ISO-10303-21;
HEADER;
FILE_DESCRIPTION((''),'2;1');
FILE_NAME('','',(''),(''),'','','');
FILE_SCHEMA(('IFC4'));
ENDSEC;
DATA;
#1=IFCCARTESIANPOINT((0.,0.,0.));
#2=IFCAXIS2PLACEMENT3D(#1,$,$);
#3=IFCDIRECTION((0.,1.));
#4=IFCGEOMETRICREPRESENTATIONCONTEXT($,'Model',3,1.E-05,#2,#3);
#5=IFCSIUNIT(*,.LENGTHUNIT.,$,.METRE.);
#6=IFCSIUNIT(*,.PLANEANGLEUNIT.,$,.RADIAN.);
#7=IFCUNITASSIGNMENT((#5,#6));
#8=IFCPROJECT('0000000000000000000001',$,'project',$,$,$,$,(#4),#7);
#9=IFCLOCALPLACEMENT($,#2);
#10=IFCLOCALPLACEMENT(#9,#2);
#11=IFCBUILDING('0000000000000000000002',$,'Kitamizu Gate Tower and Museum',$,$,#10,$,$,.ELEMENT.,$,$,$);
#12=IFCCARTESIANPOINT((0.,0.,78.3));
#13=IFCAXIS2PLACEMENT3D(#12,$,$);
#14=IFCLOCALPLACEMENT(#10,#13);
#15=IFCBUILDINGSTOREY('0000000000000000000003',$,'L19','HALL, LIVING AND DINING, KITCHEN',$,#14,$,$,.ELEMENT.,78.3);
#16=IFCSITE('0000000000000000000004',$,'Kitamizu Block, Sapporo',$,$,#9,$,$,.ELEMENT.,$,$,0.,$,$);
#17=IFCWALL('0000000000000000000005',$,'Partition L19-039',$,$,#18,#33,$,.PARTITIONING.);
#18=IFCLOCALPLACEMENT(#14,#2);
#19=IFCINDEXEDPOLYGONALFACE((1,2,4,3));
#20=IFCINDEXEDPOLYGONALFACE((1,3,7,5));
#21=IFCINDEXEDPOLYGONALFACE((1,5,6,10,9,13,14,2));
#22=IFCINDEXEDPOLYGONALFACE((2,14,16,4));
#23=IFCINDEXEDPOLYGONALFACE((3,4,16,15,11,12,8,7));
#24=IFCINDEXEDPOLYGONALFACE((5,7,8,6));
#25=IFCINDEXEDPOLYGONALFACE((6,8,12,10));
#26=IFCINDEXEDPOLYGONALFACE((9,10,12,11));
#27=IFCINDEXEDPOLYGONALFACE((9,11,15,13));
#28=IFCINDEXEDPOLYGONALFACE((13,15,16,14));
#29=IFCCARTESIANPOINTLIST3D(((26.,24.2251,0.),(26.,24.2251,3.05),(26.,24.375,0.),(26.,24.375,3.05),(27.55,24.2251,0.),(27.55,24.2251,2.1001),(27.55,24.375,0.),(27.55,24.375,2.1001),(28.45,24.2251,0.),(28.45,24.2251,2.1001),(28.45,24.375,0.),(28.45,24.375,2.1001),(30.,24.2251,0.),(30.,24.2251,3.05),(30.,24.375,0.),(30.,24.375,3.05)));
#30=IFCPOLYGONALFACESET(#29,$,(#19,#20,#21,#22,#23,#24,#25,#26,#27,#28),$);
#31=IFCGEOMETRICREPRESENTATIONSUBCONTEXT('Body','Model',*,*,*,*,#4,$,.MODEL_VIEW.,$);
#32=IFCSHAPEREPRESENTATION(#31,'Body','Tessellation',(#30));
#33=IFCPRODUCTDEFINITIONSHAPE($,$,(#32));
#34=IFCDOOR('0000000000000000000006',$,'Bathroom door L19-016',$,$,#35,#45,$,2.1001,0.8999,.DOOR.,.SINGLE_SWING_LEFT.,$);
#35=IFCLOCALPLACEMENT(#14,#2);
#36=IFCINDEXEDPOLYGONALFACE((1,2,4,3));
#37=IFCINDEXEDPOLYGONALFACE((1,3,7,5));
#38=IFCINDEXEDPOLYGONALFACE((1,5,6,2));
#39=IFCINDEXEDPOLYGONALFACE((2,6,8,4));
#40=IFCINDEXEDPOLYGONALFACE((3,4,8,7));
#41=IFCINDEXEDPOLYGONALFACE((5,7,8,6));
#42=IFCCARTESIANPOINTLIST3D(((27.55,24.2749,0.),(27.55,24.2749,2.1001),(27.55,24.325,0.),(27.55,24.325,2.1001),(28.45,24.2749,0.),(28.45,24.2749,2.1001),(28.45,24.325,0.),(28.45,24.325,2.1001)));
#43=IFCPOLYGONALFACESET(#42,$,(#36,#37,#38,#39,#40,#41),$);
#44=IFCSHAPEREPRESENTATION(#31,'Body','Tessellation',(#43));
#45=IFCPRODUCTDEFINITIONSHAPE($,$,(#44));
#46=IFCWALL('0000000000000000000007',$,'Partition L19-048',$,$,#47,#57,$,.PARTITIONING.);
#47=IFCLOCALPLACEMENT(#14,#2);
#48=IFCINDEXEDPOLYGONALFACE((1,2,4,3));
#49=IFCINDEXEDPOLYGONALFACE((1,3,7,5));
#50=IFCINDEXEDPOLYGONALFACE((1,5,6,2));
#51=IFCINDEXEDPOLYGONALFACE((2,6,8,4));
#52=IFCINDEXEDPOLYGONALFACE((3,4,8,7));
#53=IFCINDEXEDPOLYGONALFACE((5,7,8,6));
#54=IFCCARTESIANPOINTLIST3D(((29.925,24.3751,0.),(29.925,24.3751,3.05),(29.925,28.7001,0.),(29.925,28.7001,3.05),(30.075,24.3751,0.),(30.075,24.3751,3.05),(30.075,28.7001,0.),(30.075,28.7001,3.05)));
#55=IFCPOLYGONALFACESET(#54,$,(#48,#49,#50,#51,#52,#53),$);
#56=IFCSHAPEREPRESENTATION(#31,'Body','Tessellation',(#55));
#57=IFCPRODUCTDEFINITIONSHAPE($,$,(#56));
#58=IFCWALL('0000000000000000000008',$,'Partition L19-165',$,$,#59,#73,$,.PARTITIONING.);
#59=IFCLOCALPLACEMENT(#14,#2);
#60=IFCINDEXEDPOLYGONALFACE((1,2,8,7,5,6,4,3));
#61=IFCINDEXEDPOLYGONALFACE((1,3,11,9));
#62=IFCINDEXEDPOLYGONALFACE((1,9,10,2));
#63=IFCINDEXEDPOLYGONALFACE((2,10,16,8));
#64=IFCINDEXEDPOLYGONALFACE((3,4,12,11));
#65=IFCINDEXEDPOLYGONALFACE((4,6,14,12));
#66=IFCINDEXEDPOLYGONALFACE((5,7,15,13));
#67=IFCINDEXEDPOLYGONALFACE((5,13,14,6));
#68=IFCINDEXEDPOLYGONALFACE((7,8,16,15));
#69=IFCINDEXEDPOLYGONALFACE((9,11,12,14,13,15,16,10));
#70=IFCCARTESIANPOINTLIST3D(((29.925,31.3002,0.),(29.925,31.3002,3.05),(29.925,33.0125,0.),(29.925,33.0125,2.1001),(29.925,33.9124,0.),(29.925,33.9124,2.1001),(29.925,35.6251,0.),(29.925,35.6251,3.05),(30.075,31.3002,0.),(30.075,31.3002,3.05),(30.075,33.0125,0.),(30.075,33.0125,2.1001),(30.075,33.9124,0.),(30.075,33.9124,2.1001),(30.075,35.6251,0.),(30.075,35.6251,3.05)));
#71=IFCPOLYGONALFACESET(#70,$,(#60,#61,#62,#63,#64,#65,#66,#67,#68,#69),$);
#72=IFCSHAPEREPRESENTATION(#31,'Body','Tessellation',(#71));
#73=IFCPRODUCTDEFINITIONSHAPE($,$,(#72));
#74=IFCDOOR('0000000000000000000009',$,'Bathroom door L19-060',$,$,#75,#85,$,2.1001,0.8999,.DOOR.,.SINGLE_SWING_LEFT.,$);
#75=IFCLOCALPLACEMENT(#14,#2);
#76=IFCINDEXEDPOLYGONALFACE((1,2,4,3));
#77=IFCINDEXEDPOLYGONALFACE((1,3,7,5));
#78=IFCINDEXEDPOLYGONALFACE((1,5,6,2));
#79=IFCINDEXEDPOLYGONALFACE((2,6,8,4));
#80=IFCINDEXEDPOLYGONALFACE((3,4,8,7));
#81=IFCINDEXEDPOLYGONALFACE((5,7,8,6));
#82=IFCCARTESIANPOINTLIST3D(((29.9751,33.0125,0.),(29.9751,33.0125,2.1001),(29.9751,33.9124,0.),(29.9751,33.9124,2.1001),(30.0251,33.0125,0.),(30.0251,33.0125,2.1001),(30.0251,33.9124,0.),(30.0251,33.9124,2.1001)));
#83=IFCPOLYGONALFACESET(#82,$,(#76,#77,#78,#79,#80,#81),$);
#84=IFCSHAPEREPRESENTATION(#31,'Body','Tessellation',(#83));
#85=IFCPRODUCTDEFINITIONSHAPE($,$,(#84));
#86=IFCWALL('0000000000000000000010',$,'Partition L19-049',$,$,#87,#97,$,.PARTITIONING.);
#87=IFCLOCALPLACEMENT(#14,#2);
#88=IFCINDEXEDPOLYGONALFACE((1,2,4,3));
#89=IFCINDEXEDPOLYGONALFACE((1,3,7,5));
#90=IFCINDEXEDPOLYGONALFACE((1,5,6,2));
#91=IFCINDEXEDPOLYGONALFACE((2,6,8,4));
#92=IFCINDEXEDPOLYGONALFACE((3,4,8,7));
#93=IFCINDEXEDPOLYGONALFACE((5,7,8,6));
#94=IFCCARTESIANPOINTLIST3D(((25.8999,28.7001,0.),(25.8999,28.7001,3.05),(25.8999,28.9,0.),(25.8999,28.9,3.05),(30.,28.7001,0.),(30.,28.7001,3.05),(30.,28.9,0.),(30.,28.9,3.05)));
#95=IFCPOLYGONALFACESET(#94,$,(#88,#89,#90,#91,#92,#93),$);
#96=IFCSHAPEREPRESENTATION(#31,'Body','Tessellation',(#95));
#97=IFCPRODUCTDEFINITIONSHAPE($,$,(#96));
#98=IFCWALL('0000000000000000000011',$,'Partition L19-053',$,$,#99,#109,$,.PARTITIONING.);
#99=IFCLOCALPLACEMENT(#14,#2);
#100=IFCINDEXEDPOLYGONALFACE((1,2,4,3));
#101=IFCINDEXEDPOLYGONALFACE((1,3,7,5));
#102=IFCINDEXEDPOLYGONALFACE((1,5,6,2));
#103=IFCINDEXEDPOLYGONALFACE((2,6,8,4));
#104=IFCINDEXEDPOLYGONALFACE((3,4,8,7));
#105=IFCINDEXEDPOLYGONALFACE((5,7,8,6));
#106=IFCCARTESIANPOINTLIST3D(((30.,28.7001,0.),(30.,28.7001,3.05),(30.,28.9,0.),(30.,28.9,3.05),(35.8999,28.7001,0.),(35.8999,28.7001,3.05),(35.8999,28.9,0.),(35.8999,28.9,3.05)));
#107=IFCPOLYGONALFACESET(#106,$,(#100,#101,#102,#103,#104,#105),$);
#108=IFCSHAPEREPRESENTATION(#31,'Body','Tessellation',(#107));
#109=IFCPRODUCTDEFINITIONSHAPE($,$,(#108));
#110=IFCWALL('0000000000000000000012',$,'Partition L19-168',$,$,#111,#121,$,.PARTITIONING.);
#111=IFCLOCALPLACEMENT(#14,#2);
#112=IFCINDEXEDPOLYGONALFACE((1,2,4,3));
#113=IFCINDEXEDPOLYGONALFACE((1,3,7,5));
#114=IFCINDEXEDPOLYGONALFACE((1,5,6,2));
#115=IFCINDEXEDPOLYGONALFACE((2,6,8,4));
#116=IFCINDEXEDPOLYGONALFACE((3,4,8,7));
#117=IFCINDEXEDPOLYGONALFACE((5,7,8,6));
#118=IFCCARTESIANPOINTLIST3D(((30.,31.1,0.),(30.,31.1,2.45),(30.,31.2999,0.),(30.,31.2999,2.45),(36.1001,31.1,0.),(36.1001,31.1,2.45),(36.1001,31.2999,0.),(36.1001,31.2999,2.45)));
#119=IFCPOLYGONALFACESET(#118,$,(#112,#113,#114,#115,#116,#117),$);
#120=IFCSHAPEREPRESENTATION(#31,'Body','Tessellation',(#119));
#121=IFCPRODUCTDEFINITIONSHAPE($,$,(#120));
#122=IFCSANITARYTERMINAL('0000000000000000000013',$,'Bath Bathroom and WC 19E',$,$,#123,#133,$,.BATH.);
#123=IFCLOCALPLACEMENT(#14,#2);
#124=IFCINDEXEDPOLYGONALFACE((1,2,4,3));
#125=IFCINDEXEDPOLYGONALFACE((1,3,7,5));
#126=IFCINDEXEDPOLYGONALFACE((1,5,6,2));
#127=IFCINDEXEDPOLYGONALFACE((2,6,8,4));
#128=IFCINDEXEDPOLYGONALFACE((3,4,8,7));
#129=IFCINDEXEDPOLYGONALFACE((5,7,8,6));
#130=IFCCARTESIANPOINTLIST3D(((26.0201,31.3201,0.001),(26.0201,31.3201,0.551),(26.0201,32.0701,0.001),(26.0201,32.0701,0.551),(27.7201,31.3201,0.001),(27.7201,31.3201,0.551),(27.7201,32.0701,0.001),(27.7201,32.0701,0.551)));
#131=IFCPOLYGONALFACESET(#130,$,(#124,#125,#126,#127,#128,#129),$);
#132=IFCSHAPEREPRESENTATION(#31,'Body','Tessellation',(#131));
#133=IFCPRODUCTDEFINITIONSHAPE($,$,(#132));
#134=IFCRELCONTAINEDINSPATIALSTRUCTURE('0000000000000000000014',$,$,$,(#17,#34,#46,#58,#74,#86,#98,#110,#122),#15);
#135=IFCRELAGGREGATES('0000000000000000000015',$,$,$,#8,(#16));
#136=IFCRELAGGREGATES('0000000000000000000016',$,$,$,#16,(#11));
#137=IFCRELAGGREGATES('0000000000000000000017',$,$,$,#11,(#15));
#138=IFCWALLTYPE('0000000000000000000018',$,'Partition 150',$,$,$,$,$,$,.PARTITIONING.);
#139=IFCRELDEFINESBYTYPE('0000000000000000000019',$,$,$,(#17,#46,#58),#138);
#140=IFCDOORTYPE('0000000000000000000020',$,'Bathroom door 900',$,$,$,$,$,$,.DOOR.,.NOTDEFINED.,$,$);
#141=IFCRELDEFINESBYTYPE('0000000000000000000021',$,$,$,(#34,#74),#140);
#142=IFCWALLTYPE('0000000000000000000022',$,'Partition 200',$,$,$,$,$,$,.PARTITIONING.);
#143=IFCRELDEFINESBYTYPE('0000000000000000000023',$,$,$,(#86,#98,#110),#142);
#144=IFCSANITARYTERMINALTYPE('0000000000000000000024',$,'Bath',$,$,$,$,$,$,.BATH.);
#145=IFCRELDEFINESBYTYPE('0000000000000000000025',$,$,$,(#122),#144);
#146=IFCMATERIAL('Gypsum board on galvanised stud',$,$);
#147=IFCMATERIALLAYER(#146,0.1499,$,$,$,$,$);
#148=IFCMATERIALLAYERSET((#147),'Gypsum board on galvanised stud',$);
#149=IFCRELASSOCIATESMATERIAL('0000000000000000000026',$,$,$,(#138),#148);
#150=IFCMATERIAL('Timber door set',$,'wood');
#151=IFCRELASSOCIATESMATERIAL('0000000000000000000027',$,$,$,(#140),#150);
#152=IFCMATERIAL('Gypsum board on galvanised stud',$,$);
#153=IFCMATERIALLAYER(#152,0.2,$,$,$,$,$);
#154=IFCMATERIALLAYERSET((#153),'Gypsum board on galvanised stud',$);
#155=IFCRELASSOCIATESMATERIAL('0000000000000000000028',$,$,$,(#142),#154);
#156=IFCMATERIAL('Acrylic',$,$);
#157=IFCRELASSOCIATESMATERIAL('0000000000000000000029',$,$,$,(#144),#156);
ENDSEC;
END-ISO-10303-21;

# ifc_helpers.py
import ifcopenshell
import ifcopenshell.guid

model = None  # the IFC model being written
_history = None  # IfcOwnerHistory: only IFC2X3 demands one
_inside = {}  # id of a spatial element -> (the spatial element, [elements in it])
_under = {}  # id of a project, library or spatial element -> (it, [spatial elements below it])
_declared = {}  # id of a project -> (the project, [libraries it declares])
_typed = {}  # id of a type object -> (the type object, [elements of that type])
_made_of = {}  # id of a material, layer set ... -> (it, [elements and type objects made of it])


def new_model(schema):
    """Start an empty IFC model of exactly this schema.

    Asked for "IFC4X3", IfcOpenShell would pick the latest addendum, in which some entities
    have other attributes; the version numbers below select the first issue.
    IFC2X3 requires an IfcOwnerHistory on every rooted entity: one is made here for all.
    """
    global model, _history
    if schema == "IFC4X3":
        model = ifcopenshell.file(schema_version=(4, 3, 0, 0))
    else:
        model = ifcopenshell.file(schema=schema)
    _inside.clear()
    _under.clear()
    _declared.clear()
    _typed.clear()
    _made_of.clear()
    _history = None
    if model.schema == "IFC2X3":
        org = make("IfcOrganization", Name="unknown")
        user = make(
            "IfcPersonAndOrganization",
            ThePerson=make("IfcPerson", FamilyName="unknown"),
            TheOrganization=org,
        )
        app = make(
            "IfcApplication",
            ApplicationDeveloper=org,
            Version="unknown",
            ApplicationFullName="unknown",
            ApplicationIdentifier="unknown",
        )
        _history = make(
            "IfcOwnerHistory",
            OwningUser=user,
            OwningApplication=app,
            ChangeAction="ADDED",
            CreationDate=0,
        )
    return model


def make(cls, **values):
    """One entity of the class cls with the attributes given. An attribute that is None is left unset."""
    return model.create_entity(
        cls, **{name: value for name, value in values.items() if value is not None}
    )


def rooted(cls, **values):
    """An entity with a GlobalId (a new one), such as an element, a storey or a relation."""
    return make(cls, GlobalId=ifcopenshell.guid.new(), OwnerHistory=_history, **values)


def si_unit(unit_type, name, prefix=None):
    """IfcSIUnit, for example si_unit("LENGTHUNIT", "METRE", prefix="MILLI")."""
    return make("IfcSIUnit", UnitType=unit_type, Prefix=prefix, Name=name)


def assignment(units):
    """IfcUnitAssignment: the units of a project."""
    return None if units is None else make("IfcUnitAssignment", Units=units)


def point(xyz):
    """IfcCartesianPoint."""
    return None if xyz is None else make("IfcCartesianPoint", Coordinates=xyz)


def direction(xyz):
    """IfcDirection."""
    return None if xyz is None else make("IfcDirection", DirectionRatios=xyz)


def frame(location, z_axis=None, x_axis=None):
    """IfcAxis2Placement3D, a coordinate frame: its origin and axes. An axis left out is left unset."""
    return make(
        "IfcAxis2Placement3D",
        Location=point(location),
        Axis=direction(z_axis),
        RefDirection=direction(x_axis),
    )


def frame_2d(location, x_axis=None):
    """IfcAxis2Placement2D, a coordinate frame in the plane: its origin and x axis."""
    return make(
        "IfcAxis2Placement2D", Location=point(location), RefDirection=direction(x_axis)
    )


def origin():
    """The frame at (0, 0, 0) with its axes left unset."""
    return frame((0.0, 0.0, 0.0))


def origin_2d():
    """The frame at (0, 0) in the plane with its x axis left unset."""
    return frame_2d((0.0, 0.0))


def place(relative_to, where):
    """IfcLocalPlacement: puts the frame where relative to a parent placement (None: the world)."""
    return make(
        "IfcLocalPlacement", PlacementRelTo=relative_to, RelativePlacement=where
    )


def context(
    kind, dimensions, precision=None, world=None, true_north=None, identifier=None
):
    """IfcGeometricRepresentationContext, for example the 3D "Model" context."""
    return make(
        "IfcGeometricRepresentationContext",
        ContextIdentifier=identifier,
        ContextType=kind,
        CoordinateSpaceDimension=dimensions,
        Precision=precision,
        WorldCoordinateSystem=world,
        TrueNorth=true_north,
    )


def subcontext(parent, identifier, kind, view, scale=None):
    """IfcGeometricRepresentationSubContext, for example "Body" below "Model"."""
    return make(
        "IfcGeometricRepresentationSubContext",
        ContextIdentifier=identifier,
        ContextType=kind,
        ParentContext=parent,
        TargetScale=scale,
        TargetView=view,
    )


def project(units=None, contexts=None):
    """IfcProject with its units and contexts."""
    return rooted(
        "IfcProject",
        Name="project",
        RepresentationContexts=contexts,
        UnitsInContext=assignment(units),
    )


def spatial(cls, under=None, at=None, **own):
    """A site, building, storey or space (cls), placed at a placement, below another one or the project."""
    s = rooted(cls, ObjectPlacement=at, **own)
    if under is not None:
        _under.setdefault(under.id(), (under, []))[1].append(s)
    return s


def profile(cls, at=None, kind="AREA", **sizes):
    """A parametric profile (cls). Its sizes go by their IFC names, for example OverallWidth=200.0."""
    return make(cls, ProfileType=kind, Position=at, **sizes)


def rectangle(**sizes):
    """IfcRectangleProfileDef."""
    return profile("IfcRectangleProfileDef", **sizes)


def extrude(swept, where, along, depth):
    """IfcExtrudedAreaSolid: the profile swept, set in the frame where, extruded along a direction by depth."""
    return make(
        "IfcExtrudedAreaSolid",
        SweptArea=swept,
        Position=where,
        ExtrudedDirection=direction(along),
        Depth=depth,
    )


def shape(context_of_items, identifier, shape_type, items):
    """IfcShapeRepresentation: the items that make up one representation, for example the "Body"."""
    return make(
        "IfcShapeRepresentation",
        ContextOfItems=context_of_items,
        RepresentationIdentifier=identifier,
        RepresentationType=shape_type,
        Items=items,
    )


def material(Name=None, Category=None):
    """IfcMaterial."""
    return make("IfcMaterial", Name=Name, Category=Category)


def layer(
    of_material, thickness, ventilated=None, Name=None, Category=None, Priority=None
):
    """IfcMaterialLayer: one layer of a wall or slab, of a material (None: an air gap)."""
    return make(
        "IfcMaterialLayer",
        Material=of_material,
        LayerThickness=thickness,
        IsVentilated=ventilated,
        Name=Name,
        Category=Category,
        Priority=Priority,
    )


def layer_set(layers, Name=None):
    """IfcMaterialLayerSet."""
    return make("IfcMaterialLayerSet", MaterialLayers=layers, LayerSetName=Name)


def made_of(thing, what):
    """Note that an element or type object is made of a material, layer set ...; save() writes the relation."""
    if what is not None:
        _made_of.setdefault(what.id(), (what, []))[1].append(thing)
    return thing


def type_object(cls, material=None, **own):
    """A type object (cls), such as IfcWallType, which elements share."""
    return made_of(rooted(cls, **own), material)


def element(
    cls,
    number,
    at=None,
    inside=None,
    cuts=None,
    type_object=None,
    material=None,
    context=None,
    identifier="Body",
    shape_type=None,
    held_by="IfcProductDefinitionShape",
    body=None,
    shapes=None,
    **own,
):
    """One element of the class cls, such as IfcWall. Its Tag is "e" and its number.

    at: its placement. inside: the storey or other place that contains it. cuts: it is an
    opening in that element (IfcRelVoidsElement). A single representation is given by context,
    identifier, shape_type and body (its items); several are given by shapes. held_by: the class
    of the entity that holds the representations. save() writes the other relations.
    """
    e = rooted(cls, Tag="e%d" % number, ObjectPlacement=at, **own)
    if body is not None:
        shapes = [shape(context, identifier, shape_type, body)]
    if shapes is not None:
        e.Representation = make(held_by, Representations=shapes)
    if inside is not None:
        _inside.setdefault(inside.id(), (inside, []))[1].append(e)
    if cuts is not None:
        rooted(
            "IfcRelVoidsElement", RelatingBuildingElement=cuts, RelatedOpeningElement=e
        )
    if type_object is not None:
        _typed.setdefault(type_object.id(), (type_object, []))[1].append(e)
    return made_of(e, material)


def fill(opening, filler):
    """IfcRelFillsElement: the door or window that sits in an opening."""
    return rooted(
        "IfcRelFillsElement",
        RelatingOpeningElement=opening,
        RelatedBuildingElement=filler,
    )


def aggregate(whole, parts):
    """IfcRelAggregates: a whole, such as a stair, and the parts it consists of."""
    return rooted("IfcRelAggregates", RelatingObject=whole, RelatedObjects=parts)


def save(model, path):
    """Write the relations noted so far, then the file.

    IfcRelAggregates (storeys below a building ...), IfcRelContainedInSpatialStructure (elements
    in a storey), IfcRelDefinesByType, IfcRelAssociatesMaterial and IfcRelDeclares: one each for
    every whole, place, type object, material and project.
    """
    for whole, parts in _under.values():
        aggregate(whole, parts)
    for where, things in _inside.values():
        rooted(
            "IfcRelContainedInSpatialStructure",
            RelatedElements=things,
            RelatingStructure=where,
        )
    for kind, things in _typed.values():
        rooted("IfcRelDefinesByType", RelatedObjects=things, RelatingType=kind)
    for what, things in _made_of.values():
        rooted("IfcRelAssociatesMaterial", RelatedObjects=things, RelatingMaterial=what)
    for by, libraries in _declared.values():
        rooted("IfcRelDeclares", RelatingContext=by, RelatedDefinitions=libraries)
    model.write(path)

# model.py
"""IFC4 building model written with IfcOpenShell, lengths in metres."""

from ifc_helpers import new_model, si_unit, direction, frame, frame_2d, origin, origin_2d, place, context, subcontext, project, spatial, rectangle, extrude, material, layer, layer_set, type_object, element, fill, save


model = new_model("IFC4")

# Units and contexts
model_context = context("Model", 3, precision=1e-05, world=origin(), true_north=direction((0.0, 1.0)))
body_context = subcontext(model_context, "Body", "Model", "MODEL_VIEW")
ifc_project = project(units=[si_unit("LENGTHUNIT", "METRE"), si_unit("PLANEANGLEUNIT", "RADIAN")], contexts=[model_context])

# Site, building, storey
site_placement = place(None, origin())
site = spatial("IfcSite", under=ifc_project, at=site_placement, Name="Kitamizu Block, Sapporo", CompositionType="ELEMENT", RefElevation=0.0)
building_placement = place(site_placement, origin())
building = spatial("IfcBuilding", under=site, at=building_placement, Name="Kitamizu Gate Tower and Museum", CompositionType="ELEMENT")
storey_placement = place(building_placement, frame((0.0, 0.0, 78.3)))
storey = spatial("IfcBuildingStorey", under=building, at=storey_placement, Name="L19", Description="HALL, LIVING AND DINING, KITCHEN", CompositionType="ELEMENT", Elevation=78.3)

# Wall, opening, door
ifc_material_1 = material(Name="Gypsum board on galvanised stud")
ifc_layer_1 = layer(ifc_material_1, 0.1499)
ifc_layer_set_1 = layer_set([ifc_layer_1], Name="Gypsum board on galvanised stud")
wall_type_1 = type_object("IfcWallType", Name="Partition 150", PredefinedType="PARTITIONING", material=ifc_layer_set_1)
wall_1_placement = place(storey_placement, frame((30.0, 24.3, 0.0), z_axis=(0.0, 0.0, 1.0), x_axis=(-1.0, 0.0, 0.0)))
wall_1 = element("IfcWall", 1, at=wall_1_placement, inside=storey, type_object=wall_type_1, Name="Partition L19-039", PredefinedType="PARTITIONING", context=body_context, shape_type="SweptSolid", body=[
    extrude(rectangle(XDim=4.0, YDim=0.1499, at=frame_2d((2.0, 0.0))), origin(), (0.0, 0.0, 1.0), 3.05),
])
opening_1_placement = place(wall_1_placement, frame((1.55, 0.0, 0.0)))
opening_1 = element("IfcOpeningElement", 2, at=opening_1_placement, cuts=wall_1, PredefinedType="OPENING", context=body_context, shape_type="SweptSolid", body=[
    extrude(rectangle(XDim=0.8999, YDim=2.1001, at=frame_2d((0.45, 1.05))), frame((0.0, 0.085, 0.0), z_axis=(0.0, -1.0, 0.0), x_axis=(1.0, 0.0, 0.0)), (0.0, 0.0, 1.0), 0.1699),
])
ifc_material_2 = material(Name="Timber door set", Category="wood")
door_type_1 = type_object("IfcDoorType", Name="Bathroom door 900", OperationType="NOTDEFINED", PredefinedType="DOOR", material=ifc_material_2)
door_1_placement = place(opening_1_placement, frame((0.8999, 0.0, 0.0), x_axis=(-1.0, 0.0, 0.0)))
door_1 = element("IfcDoor", 3, at=door_1_placement, inside=storey, type_object=door_type_1, Name="Bathroom door L19-016", OperationType="SINGLE_SWING_LEFT", OverallHeight=2.1001, OverallWidth=0.8999, PredefinedType="DOOR", context=body_context, shape_type="SweptSolid", body=[
    extrude(rectangle(XDim=0.8999, YDim=2.1001, at=frame_2d((0.45, 1.05))), frame((0.0, 0.0249, 0.0), z_axis=(0.0, -1.0, 0.0), x_axis=(1.0, 0.0, 0.0)), (0.0, 0.0, 1.0), 0.05),
])
fill(opening_1, door_1)

# Wall
wall_2_placement = place(storey_placement, frame((30.0, 24.375, 0.0), z_axis=(0.0, 0.0, 1.0), x_axis=(0.0, 1.0, 0.0)))
element("IfcWall", 4, at=wall_2_placement, inside=storey, type_object=wall_type_1, Name="Partition L19-048", PredefinedType="PARTITIONING", context=body_context, shape_type="SweptSolid", body=[
    extrude(rectangle(XDim=4.325, YDim=0.1499, at=frame_2d((2.1626, 0.0))), origin(), (0.0, 0.0, 1.0), 3.05),
])

# Wall, opening, door
wall_3_placement = place(storey_placement, frame((30.0, 31.3, 0.0), z_axis=(0.0, 0.0, 1.0), x_axis=(0.0, 1.0, 0.0)))
wall_3 = element("IfcWall", 5, at=wall_3_placement, inside=storey, type_object=wall_type_1, Name="Partition L19-165", PredefinedType="PARTITIONING", context=body_context, shape_type="SweptSolid", body=[
    extrude(rectangle(XDim=4.325, YDim=0.1499, at=frame_2d((2.1626, 0.0))), origin(), (0.0, 0.0, 1.0), 3.05),
])
opening_2_placement = place(wall_3_placement, frame((1.7124, 0.0, 0.0)))
opening_2 = element("IfcOpeningElement", 6, at=opening_2_placement, cuts=wall_3, PredefinedType="OPENING", context=body_context, shape_type="SweptSolid", body=[
    extrude(rectangle(XDim=0.8999, YDim=2.1001, at=frame_2d((0.45, 1.05))), frame((0.0, 0.085, 0.0), z_axis=(0.0, -1.0, 0.0), x_axis=(1.0, 0.0, 0.0)), (0.0, 0.0, 1.0), 0.1699),
])
door_2_placement = place(opening_2_placement, origin())
door_2 = element("IfcDoor", 7, at=door_2_placement, inside=storey, type_object=door_type_1, Name="Bathroom door L19-060", OperationType="SINGLE_SWING_LEFT", OverallHeight=2.1001, OverallWidth=0.8999, PredefinedType="DOOR", context=body_context, shape_type="SweptSolid", body=[
    extrude(rectangle(XDim=0.8999, YDim=2.1001, at=frame_2d((0.45, 1.05))), frame((0.0, 0.0249, 0.0), z_axis=(0.0, -1.0, 0.0), x_axis=(1.0, 0.0, 0.0)), (0.0, 0.0, 1.0), 0.05),
])
fill(opening_2, door_2)

# Walls
ifc_material_3 = material(Name="Gypsum board on galvanised stud")
ifc_layer_2 = layer(ifc_material_3, 0.2)
ifc_layer_set_2 = layer_set([ifc_layer_2], Name="Gypsum board on galvanised stud")
wall_type_2 = type_object("IfcWallType", Name="Partition 200", PredefinedType="PARTITIONING", material=ifc_layer_set_2)
wall_4_placement = place(storey_placement, frame((30.0, 28.8, 0.0), z_axis=(0.0, 0.0, 1.0), x_axis=(-1.0, 0.0, 0.0)))
element("IfcWall", 8, at=wall_4_placement, inside=storey, type_object=wall_type_2, Name="Partition L19-049", PredefinedType="PARTITIONING", context=body_context, shape_type="SweptSolid", body=[
    extrude(rectangle(XDim=4.1001, YDim=0.2, at=frame_2d((2.05, 0.0))), origin(), (0.0, 0.0, 1.0), 3.05),
])
wall_5_placement = place(storey_placement, frame((35.8999, 28.8, 0.0), z_axis=(0.0, 0.0, 1.0), x_axis=(-1.0, 0.0, 0.0)))
element("IfcWall", 9, at=wall_5_placement, inside=storey, type_object=wall_type_2, Name="Partition L19-053", PredefinedType="PARTITIONING", context=body_context, shape_type="SweptSolid", body=[
    extrude(rectangle(XDim=5.8999, YDim=0.2, at=frame_2d((2.95, 0.0))), origin(), (0.0, 0.0, 1.0), 3.05),
])
wall_6_placement = place(storey_placement, frame((30.0, 31.2, 0.0), z_axis=(0.0, 0.0, 1.0), x_axis=(1.0, 0.0, 0.0)))
element("IfcWall", 10, at=wall_6_placement, inside=storey, type_object=wall_type_2, Name="Partition L19-168", PredefinedType="PARTITIONING", context=body_context, shape_type="SweptSolid", body=[
    extrude(rectangle(XDim=6.1001, YDim=0.2, at=frame_2d((3.05, 0.0))), origin(), (0.0, 0.0, 1.0), 2.45),
])

# Sanitary terminal
ifc_material_4 = material(Name="Acrylic")
sanitary_terminal_type = type_object("IfcSanitaryTerminalType", Name="Bath", PredefinedType="BATH", material=ifc_material_4)
sanitary_terminal_placement = place(storey_placement, frame((26.8701, 31.6951, 0.001), z_axis=(0.0, 0.0, 1.0), x_axis=(1.0, 0.0, 0.0)))
element("IfcSanitaryTerminal", 11, at=sanitary_terminal_placement, inside=storey, type_object=sanitary_terminal_type, Name="Bath Bathroom and WC 19E", PredefinedType="BATH", context=body_context, shape_type="SweptSolid", body=[
    extrude(rectangle(XDim=1.7, YDim=0.75, at=origin_2d()), origin(), (0.0, 0.0, 1.0), 0.55),
])

save(model, "model.ifc")
